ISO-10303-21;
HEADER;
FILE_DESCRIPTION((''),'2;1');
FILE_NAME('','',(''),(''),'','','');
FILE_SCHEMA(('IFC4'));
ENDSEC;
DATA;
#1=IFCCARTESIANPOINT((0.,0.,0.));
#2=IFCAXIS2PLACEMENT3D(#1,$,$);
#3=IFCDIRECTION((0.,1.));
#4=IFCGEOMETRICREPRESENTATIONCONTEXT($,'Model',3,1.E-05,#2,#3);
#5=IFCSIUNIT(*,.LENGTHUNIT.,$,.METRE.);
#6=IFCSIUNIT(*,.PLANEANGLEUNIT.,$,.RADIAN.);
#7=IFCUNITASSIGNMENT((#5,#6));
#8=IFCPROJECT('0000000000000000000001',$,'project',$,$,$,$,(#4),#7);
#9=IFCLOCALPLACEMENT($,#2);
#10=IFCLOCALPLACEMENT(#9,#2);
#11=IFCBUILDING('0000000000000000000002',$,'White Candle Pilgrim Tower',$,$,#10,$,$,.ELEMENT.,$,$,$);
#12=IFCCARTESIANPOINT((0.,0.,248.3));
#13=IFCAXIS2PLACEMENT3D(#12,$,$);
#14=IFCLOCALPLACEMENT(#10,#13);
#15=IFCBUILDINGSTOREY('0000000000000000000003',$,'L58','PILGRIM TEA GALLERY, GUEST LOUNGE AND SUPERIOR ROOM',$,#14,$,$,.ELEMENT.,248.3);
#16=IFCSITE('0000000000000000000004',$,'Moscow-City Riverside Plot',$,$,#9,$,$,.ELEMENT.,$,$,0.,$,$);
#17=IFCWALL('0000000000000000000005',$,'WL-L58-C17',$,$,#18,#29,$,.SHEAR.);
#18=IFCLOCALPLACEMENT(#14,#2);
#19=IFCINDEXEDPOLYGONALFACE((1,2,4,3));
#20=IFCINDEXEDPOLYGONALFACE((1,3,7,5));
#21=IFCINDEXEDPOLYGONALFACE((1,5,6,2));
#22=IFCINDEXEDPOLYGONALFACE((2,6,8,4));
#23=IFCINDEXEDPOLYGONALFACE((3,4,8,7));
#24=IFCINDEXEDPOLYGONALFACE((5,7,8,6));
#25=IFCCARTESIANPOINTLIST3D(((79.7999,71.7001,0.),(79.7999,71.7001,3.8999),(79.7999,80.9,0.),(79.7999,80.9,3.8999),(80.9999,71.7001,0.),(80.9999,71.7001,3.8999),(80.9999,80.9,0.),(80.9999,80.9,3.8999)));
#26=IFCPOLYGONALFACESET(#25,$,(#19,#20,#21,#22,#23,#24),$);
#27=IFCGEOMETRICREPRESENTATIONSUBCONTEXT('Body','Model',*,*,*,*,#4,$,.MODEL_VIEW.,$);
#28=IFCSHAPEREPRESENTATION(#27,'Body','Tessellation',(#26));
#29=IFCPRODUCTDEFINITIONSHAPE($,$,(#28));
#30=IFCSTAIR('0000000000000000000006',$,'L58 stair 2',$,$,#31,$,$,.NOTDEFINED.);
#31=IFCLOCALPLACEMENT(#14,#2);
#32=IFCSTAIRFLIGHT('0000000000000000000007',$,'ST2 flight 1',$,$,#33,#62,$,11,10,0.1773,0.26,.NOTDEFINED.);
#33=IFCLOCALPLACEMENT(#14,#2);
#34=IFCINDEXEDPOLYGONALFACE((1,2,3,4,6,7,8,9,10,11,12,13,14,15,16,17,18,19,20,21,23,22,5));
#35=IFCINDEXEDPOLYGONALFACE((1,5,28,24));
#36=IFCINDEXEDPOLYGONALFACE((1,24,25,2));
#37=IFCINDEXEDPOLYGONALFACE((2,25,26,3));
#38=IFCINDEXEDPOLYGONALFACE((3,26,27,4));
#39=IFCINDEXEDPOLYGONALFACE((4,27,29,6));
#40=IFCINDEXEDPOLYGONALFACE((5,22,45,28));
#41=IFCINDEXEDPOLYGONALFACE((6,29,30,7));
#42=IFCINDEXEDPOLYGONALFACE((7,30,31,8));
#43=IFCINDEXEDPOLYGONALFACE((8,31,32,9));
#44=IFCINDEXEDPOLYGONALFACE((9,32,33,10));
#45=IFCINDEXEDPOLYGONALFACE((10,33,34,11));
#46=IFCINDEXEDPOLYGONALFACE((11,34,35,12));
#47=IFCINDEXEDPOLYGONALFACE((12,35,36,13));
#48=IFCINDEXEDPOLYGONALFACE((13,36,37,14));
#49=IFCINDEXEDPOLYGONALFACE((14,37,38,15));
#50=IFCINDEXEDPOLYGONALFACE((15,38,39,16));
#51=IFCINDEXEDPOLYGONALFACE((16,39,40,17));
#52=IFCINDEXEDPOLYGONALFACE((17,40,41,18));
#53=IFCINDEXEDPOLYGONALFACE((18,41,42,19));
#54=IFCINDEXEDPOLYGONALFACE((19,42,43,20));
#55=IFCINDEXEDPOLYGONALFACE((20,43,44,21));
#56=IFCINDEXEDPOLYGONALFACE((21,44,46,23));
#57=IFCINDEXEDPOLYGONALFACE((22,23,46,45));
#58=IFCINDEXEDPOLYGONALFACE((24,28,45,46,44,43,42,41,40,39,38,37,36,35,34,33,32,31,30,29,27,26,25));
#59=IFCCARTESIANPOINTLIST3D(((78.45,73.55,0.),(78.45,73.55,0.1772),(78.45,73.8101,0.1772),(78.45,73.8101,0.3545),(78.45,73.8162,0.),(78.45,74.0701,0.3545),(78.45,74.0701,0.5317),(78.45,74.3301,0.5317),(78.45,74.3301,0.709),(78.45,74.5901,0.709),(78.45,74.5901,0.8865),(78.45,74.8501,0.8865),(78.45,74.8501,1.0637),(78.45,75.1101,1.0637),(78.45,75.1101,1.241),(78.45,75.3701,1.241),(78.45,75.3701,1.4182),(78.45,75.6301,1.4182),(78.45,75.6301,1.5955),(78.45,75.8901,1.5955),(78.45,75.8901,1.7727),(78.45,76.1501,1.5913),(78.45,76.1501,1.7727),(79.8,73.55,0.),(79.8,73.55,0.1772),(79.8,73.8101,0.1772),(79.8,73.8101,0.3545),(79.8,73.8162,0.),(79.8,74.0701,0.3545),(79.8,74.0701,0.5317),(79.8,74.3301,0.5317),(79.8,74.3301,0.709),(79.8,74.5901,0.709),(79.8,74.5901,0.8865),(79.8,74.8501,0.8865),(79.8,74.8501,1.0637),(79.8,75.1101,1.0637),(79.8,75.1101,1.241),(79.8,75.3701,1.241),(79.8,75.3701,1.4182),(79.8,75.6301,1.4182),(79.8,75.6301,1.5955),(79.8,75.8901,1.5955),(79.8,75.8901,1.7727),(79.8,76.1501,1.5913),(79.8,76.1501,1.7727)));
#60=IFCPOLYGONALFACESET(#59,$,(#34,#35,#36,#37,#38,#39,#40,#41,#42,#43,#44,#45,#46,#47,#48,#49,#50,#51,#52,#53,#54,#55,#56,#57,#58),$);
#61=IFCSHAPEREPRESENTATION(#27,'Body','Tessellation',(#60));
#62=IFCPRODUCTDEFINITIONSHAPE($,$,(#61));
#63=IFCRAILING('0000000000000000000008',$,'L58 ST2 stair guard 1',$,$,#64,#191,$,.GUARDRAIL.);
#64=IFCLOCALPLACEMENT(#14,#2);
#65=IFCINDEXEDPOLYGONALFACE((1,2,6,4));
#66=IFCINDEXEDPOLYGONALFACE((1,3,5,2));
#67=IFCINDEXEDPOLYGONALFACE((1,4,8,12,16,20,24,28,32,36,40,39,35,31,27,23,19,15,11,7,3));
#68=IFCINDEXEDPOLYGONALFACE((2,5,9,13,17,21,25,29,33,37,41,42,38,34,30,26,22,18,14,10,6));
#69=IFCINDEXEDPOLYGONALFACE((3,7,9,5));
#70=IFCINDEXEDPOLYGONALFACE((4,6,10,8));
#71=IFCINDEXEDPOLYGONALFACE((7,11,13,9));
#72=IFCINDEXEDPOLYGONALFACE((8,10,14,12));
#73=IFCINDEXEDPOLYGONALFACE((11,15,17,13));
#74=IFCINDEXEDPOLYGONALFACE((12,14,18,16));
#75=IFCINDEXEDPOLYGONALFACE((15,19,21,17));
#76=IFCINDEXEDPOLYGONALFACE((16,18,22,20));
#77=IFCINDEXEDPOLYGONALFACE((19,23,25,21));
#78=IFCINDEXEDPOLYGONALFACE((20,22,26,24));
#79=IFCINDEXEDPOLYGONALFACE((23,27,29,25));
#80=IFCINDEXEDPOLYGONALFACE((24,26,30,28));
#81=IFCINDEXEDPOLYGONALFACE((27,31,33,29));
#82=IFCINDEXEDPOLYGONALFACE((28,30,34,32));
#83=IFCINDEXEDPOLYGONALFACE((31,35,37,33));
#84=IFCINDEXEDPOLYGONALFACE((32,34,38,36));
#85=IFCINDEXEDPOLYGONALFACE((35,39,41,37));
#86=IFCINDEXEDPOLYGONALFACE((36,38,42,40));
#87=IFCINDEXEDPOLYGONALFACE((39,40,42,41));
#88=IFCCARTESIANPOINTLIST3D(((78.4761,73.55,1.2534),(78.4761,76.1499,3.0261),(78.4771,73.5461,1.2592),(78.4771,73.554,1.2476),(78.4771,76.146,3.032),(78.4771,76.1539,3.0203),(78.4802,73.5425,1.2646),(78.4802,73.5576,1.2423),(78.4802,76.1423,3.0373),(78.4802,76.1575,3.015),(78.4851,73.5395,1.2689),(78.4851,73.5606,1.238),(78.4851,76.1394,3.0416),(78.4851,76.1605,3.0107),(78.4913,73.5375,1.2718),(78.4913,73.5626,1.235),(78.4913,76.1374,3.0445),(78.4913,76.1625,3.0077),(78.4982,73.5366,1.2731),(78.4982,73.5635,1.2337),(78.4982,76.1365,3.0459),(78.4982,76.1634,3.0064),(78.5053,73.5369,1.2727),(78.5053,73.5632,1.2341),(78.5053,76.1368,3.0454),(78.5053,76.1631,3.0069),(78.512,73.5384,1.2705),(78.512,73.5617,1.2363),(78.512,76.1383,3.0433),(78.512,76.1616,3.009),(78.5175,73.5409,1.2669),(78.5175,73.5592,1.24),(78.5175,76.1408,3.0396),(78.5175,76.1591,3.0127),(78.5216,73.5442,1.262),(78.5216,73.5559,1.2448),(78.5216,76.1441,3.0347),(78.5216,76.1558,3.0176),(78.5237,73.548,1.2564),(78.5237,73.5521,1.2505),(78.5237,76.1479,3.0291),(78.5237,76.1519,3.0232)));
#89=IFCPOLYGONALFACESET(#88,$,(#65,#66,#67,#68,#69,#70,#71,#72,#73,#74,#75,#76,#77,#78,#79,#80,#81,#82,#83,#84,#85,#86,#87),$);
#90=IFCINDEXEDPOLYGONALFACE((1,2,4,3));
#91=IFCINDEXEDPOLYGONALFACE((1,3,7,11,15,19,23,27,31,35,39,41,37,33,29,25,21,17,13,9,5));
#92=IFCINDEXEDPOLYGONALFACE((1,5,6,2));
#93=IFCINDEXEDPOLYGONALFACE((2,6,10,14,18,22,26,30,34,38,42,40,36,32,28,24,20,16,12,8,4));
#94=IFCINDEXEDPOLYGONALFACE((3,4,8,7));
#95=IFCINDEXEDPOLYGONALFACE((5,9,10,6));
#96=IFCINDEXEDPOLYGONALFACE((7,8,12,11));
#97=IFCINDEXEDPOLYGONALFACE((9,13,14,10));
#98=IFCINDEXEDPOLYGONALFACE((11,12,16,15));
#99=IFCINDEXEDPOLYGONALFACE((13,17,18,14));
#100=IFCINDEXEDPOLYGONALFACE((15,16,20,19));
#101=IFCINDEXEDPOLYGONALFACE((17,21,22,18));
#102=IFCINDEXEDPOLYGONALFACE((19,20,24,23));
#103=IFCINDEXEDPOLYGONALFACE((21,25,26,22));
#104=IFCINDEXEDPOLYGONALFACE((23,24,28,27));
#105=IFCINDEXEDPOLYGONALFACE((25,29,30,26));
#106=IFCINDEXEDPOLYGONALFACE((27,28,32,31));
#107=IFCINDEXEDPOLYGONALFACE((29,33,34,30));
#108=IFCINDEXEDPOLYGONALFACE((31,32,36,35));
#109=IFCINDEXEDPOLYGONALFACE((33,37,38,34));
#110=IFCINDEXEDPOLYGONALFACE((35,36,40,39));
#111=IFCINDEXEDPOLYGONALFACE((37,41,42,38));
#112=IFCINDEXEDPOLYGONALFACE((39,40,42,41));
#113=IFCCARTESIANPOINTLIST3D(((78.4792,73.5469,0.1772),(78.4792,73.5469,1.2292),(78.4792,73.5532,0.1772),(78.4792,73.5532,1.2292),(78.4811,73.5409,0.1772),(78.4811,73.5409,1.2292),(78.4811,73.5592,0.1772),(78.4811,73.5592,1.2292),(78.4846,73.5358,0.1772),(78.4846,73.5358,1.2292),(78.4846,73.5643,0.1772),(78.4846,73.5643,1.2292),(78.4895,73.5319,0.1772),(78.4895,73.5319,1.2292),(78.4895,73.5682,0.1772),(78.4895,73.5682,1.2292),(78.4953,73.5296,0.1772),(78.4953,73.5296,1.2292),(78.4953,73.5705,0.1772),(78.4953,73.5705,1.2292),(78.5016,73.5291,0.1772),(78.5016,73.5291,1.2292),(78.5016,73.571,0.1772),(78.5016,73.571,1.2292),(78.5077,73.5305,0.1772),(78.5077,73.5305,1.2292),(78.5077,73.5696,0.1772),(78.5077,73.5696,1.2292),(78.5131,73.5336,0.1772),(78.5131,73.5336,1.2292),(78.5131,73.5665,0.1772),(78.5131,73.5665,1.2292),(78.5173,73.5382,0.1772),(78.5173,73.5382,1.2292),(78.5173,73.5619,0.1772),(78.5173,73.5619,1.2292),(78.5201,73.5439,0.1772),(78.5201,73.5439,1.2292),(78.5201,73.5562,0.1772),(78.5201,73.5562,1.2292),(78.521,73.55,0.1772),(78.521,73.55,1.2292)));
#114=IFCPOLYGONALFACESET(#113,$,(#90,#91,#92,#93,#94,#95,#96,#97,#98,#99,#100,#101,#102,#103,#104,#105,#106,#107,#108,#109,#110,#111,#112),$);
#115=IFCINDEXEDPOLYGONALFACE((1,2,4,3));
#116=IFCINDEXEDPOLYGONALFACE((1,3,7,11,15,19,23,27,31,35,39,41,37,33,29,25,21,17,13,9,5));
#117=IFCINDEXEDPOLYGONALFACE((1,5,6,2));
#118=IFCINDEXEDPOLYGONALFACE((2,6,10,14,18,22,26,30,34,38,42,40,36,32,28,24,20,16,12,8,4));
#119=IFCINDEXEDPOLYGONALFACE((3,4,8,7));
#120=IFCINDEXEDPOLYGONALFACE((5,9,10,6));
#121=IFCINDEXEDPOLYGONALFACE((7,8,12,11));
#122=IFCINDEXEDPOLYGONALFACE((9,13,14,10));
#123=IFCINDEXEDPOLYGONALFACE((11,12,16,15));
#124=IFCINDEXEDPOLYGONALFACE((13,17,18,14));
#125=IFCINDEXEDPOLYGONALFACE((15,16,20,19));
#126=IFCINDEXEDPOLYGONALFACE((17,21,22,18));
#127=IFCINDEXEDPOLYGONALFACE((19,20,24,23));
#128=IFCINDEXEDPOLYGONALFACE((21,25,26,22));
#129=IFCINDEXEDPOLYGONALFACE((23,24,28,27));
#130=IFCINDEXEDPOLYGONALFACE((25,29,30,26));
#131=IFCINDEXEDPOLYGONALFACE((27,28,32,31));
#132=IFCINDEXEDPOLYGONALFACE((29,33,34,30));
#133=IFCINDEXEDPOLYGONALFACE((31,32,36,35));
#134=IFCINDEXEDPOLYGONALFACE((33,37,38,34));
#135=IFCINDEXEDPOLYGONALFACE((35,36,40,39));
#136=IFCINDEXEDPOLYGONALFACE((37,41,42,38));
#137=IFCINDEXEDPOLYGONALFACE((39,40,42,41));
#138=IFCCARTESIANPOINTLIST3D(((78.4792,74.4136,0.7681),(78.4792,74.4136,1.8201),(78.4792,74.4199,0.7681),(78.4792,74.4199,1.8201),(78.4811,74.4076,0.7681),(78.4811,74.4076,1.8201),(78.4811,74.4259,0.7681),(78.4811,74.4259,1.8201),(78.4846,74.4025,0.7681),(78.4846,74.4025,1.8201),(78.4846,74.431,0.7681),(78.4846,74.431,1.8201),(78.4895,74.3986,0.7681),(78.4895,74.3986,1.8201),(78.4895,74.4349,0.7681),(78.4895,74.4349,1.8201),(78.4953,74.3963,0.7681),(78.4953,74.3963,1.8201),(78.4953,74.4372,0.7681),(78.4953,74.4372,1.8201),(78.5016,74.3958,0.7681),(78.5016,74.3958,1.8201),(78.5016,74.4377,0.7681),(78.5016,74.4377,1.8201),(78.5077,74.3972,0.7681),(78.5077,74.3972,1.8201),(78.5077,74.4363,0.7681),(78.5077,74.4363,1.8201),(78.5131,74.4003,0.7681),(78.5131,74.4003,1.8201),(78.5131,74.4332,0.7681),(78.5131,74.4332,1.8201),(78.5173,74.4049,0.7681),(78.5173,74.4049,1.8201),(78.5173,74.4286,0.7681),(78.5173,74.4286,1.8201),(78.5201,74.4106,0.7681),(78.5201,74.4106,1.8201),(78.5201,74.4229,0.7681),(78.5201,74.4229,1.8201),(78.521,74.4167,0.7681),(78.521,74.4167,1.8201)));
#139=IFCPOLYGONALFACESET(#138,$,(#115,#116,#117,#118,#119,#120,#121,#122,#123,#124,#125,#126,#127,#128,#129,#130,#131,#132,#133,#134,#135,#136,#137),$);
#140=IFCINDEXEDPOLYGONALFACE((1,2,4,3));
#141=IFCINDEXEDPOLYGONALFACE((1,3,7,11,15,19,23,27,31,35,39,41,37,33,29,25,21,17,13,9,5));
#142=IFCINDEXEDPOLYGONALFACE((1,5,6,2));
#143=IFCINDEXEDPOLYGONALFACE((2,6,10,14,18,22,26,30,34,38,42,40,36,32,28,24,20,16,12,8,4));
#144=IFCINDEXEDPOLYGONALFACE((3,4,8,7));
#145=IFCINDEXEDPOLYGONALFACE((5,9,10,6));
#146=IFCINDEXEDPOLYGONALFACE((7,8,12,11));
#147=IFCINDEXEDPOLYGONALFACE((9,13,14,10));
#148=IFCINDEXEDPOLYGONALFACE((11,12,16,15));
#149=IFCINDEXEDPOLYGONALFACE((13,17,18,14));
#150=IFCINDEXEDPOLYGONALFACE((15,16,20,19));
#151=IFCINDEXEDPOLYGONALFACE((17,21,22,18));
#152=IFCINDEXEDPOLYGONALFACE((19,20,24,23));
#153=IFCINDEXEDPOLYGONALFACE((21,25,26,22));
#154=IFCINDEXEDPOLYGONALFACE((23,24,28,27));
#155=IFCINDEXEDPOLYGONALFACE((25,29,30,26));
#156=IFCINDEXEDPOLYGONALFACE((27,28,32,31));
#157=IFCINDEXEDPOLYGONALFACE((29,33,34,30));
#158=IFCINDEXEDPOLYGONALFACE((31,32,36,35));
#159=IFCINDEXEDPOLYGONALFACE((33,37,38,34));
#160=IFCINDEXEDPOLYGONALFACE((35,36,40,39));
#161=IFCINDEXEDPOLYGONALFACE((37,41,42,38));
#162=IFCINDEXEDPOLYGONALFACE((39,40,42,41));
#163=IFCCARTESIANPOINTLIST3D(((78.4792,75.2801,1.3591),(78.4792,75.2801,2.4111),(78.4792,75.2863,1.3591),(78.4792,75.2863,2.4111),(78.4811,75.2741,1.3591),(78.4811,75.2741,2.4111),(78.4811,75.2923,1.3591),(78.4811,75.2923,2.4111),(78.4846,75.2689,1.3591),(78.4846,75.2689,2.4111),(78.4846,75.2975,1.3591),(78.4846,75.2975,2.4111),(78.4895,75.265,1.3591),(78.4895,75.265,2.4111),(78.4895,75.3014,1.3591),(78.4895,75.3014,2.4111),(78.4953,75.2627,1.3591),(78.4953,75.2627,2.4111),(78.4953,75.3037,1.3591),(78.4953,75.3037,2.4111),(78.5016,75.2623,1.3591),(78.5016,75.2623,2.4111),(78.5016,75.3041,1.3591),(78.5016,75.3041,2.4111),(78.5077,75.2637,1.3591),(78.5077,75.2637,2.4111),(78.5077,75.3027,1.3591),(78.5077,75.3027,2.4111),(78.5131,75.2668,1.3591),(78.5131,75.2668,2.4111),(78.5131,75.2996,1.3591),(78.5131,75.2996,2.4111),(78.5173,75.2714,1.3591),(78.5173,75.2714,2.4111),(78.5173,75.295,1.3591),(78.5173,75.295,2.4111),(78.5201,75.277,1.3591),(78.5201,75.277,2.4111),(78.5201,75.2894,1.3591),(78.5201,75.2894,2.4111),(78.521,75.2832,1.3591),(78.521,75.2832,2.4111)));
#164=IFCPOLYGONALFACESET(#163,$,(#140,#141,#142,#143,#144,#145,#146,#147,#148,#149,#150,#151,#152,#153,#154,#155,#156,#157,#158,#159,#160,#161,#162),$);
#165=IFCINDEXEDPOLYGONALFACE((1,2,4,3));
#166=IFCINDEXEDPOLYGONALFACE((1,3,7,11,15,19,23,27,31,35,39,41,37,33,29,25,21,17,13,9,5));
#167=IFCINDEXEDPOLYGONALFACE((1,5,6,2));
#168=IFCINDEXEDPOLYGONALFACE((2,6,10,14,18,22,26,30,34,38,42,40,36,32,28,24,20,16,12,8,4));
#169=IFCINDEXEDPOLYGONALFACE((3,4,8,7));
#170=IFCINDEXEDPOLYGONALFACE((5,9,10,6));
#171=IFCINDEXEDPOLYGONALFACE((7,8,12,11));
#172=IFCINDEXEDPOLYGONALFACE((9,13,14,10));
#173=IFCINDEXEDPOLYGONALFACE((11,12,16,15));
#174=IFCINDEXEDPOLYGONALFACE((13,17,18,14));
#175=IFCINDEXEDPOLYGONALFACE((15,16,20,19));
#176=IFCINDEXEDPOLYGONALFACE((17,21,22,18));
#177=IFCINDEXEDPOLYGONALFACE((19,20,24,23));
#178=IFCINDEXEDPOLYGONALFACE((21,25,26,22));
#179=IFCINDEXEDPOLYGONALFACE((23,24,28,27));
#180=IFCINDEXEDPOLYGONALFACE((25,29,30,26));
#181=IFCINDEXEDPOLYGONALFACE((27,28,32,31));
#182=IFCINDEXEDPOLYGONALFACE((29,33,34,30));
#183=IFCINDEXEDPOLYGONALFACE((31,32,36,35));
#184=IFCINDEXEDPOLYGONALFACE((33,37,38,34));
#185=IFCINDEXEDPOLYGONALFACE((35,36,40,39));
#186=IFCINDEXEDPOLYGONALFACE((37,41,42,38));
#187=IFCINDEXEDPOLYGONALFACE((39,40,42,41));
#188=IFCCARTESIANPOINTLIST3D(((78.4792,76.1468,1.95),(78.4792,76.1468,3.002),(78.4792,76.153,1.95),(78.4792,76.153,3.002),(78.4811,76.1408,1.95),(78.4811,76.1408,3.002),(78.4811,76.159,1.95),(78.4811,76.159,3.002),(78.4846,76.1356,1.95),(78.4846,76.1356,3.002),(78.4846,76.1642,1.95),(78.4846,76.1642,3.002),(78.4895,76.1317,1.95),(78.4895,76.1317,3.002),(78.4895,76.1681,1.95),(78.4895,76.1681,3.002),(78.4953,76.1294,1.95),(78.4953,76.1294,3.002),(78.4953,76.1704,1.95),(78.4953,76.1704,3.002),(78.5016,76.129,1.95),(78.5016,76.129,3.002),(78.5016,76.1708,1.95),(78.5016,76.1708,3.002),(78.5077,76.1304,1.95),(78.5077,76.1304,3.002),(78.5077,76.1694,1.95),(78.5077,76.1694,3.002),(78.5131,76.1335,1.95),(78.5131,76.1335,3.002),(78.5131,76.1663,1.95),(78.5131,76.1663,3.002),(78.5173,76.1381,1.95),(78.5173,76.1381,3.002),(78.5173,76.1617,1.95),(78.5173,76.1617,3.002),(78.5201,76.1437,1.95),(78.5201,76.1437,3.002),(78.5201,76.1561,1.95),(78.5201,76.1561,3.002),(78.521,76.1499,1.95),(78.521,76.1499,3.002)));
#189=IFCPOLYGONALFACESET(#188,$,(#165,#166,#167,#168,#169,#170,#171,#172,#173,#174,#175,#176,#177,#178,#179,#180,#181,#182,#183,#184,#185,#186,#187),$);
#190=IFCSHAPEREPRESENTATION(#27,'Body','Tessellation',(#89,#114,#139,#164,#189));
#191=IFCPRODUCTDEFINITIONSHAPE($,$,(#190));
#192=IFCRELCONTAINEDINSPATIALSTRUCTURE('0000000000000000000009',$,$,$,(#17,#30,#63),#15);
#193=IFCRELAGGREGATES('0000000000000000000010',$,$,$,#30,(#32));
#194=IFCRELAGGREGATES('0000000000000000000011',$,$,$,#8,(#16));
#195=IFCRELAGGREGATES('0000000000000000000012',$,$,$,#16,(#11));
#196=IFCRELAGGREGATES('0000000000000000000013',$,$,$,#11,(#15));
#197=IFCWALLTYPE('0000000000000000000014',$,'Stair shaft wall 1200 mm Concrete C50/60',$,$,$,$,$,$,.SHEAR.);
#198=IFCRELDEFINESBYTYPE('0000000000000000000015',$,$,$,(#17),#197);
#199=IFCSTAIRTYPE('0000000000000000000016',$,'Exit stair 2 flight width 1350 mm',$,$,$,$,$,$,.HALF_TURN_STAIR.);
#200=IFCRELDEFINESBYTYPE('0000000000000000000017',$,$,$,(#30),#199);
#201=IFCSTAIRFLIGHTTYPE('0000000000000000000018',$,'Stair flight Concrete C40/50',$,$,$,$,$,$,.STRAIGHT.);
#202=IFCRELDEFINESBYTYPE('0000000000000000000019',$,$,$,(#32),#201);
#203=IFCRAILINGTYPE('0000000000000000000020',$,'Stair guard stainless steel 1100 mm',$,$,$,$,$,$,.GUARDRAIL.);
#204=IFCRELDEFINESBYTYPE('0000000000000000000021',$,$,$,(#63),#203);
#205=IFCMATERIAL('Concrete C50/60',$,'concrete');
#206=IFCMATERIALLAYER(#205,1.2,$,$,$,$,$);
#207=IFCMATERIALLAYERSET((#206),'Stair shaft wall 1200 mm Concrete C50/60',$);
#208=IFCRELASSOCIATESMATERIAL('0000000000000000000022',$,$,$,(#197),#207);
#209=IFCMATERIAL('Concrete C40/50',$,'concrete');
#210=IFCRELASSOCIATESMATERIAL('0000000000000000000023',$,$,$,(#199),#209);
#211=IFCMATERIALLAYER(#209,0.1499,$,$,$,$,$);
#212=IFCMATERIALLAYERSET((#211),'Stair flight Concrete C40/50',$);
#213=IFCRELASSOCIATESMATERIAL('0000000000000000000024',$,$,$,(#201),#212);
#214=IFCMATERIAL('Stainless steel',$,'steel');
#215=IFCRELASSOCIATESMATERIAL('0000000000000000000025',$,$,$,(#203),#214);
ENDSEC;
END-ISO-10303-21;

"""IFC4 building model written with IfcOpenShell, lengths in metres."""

from ifc_helpers import new_model, si_unit, direction, frame, frame_2d, origin, origin_2d, place, context, subcontext, project, spatial, polyline, rectangle, circle, outline, extrude, material, layer, layer_set, type_object, element, aggregate, save


model = new_model("IFC4")

# Units and contexts
model_context = context("Model", 3, precision=1e-05, world=origin(), true_north=direction((0.0, 1.0)))
body_context = subcontext(model_context, "Body", "Model", "MODEL_VIEW")
ifc_project = project(units=[si_unit("LENGTHUNIT", "METRE"), si_unit("PLANEANGLEUNIT", "RADIAN")], contexts=[model_context])

# Site, building, storey
site_placement = place(None, origin())
site = spatial("IfcSite", under=ifc_project, at=site_placement, Name="Moscow-City Riverside Plot", CompositionType="ELEMENT", RefElevation=0.0)
building_placement = place(site_placement, origin())
building = spatial("IfcBuilding", under=site, at=building_placement, Name="White Candle Pilgrim Tower", CompositionType="ELEMENT")
storey_placement = place(building_placement, frame((0.0, 0.0, 248.3)))
storey = spatial("IfcBuildingStorey", under=building, at=storey_placement, Name="L58", Description="PILGRIM TEA GALLERY, GUEST LOUNGE AND SUPERIOR ROOM", CompositionType="ELEMENT", Elevation=248.3)

# Shared definitions
ifc_material_1 = material(Name="Concrete C50/60", Category="concrete")

# Wall
ifc_layer_1 = layer(ifc_material_1, 1.2)
ifc_layer_set_1 = layer_set([ifc_layer_1], Name="Stair shaft wall 1200 mm Concrete C50/60")
wall_type_1 = type_object("IfcWallType", Name="Stair shaft wall 1200 mm Concrete C50/60", PredefinedType="SHEAR", material=ifc_layer_set_1)
wall_1_placement = place(storey_placement, frame((80.3999, 71.7, 0.0), z_axis=(0.0, 0.0, 1.0), x_axis=(0.0, 1.0, 0.0)))
element("IfcWall", 1, at=wall_1_placement, inside=storey, type_object=wall_type_1, Name="WL-L58-C17", PredefinedType="SHEAR", context=body_context, shape_type="SweptSolid", body=[
    extrude(rectangle(XDim=9.2, YDim=1.2, at=frame_2d((4.6001, 0.0))), origin(), (0.0, 0.0, 1.0), 3.8999),
])

# Stair, stair flight
ifc_material_2 = material(Name="Concrete C40/50", Category="concrete")
stair_type = type_object("IfcStairType", Name="Exit stair 2 flight width 1350 mm", PredefinedType="HALF_TURN_STAIR", material=ifc_material_2)
stair_placement = place(storey_placement, origin())
stair = element("IfcStair", 2, at=stair_placement, inside=storey, type_object=stair_type, Name="L58 stair 2", PredefinedType="NOTDEFINED")
ifc_layer_2 = layer(ifc_material_2, 0.1499)
ifc_layer_set_2 = layer_set([ifc_layer_2], Name="Stair flight Concrete C40/50")
stair_flight_type = type_object("IfcStairFlightType", Name="Stair flight Concrete C40/50", PredefinedType="STRAIGHT", material=ifc_layer_set_2)
stair_flight_placement = place(storey_placement, frame((79.125, 73.55, 0.0), z_axis=(0.0, 0.0, 1.0), x_axis=(0.0, 1.0, 0.0)))
stair_flight = element("IfcStairFlight", 3, at=stair_flight_placement, type_object=stair_flight_type, Name="ST2 flight 1", NumberOfRisers=11, NumberOfTreads=10, PredefinedType="NOTDEFINED", RiserHeight=0.1773, TreadLength=0.26, context=body_context, shape_type="SweptSolid", body=[
    extrude(outline(polyline([(0.0, 0.0), (0.0, 0.1772), (0.26, 0.1772), (0.26, 0.3545), (0.52, 0.3545), (0.52, 0.5317), (0.78, 0.5317), (0.78, 0.709), (1.04, 0.709), (1.04, 0.8865), (1.3, 0.8865), (1.3, 1.0637), (1.5601, 1.0637), (1.5601, 1.241), (1.8201, 1.241), (1.8201, 1.4182), (2.0801, 1.4182), (2.0801, 1.5955), (2.3401, 1.5955), (2.3401, 1.7727), (2.6001, 1.7727), (2.6001, 1.95), (2.6001, 1.5913), (0.2661, 0.0), (0.0, 0.0)])), frame((0.0, 0.675, 0.0), z_axis=(0.0, -1.0, 0.0), x_axis=(1.0, 0.0, 0.0)), (0.0, 0.0, 1.0), 1.3501),
])
aggregate(stair, [stair_flight])

# Railing
ifc_material_3 = material(Name="Stainless steel", Category="steel")
railing_type_1 = type_object("IfcRailingType", Name="Stair guard stainless steel 1100 mm", PredefinedType="GUARDRAIL", material=ifc_material_3)
railing_1_placement = place(storey_placement, frame((78.5, 73.55, 0.1772)))
element("IfcRailing", 4, at=railing_1_placement, inside=storey, type_object=railing_type_1, Name="L58 ST2 stair guard 1", PredefinedType="GUARDRAIL", context=body_context, shape_type="SweptSolid", body=[
    extrude(circle(Radius=0.0239, at=origin_2d()), frame((0.0, 0.0, 1.0762), z_axis=(0.0, 0.826216, 0.563354), x_axis=(-1.0, 0.0, 0.0)), (0.0, 0.0, 1.0), 3.1467),
    extrude(circle(Radius=0.021, at=origin_2d()), origin(), (0.0, 0.0, 1.0), 1.052),
    extrude(circle(Radius=0.021, at=origin_2d()), frame((0.0, 0.8667, 0.5908)), (0.0, 0.0, 1.0), 1.052),
    extrude(circle(Radius=0.021, at=origin_2d()), frame((0.0, 1.7332, 1.1819)), (0.0, 0.0, 1.0), 1.052),
    extrude(circle(Radius=0.021, at=origin_2d()), frame((0.0, 2.5999, 1.7727)), (0.0, 0.0, 1.0), 1.052),
])

save(model, "model.ifc")
